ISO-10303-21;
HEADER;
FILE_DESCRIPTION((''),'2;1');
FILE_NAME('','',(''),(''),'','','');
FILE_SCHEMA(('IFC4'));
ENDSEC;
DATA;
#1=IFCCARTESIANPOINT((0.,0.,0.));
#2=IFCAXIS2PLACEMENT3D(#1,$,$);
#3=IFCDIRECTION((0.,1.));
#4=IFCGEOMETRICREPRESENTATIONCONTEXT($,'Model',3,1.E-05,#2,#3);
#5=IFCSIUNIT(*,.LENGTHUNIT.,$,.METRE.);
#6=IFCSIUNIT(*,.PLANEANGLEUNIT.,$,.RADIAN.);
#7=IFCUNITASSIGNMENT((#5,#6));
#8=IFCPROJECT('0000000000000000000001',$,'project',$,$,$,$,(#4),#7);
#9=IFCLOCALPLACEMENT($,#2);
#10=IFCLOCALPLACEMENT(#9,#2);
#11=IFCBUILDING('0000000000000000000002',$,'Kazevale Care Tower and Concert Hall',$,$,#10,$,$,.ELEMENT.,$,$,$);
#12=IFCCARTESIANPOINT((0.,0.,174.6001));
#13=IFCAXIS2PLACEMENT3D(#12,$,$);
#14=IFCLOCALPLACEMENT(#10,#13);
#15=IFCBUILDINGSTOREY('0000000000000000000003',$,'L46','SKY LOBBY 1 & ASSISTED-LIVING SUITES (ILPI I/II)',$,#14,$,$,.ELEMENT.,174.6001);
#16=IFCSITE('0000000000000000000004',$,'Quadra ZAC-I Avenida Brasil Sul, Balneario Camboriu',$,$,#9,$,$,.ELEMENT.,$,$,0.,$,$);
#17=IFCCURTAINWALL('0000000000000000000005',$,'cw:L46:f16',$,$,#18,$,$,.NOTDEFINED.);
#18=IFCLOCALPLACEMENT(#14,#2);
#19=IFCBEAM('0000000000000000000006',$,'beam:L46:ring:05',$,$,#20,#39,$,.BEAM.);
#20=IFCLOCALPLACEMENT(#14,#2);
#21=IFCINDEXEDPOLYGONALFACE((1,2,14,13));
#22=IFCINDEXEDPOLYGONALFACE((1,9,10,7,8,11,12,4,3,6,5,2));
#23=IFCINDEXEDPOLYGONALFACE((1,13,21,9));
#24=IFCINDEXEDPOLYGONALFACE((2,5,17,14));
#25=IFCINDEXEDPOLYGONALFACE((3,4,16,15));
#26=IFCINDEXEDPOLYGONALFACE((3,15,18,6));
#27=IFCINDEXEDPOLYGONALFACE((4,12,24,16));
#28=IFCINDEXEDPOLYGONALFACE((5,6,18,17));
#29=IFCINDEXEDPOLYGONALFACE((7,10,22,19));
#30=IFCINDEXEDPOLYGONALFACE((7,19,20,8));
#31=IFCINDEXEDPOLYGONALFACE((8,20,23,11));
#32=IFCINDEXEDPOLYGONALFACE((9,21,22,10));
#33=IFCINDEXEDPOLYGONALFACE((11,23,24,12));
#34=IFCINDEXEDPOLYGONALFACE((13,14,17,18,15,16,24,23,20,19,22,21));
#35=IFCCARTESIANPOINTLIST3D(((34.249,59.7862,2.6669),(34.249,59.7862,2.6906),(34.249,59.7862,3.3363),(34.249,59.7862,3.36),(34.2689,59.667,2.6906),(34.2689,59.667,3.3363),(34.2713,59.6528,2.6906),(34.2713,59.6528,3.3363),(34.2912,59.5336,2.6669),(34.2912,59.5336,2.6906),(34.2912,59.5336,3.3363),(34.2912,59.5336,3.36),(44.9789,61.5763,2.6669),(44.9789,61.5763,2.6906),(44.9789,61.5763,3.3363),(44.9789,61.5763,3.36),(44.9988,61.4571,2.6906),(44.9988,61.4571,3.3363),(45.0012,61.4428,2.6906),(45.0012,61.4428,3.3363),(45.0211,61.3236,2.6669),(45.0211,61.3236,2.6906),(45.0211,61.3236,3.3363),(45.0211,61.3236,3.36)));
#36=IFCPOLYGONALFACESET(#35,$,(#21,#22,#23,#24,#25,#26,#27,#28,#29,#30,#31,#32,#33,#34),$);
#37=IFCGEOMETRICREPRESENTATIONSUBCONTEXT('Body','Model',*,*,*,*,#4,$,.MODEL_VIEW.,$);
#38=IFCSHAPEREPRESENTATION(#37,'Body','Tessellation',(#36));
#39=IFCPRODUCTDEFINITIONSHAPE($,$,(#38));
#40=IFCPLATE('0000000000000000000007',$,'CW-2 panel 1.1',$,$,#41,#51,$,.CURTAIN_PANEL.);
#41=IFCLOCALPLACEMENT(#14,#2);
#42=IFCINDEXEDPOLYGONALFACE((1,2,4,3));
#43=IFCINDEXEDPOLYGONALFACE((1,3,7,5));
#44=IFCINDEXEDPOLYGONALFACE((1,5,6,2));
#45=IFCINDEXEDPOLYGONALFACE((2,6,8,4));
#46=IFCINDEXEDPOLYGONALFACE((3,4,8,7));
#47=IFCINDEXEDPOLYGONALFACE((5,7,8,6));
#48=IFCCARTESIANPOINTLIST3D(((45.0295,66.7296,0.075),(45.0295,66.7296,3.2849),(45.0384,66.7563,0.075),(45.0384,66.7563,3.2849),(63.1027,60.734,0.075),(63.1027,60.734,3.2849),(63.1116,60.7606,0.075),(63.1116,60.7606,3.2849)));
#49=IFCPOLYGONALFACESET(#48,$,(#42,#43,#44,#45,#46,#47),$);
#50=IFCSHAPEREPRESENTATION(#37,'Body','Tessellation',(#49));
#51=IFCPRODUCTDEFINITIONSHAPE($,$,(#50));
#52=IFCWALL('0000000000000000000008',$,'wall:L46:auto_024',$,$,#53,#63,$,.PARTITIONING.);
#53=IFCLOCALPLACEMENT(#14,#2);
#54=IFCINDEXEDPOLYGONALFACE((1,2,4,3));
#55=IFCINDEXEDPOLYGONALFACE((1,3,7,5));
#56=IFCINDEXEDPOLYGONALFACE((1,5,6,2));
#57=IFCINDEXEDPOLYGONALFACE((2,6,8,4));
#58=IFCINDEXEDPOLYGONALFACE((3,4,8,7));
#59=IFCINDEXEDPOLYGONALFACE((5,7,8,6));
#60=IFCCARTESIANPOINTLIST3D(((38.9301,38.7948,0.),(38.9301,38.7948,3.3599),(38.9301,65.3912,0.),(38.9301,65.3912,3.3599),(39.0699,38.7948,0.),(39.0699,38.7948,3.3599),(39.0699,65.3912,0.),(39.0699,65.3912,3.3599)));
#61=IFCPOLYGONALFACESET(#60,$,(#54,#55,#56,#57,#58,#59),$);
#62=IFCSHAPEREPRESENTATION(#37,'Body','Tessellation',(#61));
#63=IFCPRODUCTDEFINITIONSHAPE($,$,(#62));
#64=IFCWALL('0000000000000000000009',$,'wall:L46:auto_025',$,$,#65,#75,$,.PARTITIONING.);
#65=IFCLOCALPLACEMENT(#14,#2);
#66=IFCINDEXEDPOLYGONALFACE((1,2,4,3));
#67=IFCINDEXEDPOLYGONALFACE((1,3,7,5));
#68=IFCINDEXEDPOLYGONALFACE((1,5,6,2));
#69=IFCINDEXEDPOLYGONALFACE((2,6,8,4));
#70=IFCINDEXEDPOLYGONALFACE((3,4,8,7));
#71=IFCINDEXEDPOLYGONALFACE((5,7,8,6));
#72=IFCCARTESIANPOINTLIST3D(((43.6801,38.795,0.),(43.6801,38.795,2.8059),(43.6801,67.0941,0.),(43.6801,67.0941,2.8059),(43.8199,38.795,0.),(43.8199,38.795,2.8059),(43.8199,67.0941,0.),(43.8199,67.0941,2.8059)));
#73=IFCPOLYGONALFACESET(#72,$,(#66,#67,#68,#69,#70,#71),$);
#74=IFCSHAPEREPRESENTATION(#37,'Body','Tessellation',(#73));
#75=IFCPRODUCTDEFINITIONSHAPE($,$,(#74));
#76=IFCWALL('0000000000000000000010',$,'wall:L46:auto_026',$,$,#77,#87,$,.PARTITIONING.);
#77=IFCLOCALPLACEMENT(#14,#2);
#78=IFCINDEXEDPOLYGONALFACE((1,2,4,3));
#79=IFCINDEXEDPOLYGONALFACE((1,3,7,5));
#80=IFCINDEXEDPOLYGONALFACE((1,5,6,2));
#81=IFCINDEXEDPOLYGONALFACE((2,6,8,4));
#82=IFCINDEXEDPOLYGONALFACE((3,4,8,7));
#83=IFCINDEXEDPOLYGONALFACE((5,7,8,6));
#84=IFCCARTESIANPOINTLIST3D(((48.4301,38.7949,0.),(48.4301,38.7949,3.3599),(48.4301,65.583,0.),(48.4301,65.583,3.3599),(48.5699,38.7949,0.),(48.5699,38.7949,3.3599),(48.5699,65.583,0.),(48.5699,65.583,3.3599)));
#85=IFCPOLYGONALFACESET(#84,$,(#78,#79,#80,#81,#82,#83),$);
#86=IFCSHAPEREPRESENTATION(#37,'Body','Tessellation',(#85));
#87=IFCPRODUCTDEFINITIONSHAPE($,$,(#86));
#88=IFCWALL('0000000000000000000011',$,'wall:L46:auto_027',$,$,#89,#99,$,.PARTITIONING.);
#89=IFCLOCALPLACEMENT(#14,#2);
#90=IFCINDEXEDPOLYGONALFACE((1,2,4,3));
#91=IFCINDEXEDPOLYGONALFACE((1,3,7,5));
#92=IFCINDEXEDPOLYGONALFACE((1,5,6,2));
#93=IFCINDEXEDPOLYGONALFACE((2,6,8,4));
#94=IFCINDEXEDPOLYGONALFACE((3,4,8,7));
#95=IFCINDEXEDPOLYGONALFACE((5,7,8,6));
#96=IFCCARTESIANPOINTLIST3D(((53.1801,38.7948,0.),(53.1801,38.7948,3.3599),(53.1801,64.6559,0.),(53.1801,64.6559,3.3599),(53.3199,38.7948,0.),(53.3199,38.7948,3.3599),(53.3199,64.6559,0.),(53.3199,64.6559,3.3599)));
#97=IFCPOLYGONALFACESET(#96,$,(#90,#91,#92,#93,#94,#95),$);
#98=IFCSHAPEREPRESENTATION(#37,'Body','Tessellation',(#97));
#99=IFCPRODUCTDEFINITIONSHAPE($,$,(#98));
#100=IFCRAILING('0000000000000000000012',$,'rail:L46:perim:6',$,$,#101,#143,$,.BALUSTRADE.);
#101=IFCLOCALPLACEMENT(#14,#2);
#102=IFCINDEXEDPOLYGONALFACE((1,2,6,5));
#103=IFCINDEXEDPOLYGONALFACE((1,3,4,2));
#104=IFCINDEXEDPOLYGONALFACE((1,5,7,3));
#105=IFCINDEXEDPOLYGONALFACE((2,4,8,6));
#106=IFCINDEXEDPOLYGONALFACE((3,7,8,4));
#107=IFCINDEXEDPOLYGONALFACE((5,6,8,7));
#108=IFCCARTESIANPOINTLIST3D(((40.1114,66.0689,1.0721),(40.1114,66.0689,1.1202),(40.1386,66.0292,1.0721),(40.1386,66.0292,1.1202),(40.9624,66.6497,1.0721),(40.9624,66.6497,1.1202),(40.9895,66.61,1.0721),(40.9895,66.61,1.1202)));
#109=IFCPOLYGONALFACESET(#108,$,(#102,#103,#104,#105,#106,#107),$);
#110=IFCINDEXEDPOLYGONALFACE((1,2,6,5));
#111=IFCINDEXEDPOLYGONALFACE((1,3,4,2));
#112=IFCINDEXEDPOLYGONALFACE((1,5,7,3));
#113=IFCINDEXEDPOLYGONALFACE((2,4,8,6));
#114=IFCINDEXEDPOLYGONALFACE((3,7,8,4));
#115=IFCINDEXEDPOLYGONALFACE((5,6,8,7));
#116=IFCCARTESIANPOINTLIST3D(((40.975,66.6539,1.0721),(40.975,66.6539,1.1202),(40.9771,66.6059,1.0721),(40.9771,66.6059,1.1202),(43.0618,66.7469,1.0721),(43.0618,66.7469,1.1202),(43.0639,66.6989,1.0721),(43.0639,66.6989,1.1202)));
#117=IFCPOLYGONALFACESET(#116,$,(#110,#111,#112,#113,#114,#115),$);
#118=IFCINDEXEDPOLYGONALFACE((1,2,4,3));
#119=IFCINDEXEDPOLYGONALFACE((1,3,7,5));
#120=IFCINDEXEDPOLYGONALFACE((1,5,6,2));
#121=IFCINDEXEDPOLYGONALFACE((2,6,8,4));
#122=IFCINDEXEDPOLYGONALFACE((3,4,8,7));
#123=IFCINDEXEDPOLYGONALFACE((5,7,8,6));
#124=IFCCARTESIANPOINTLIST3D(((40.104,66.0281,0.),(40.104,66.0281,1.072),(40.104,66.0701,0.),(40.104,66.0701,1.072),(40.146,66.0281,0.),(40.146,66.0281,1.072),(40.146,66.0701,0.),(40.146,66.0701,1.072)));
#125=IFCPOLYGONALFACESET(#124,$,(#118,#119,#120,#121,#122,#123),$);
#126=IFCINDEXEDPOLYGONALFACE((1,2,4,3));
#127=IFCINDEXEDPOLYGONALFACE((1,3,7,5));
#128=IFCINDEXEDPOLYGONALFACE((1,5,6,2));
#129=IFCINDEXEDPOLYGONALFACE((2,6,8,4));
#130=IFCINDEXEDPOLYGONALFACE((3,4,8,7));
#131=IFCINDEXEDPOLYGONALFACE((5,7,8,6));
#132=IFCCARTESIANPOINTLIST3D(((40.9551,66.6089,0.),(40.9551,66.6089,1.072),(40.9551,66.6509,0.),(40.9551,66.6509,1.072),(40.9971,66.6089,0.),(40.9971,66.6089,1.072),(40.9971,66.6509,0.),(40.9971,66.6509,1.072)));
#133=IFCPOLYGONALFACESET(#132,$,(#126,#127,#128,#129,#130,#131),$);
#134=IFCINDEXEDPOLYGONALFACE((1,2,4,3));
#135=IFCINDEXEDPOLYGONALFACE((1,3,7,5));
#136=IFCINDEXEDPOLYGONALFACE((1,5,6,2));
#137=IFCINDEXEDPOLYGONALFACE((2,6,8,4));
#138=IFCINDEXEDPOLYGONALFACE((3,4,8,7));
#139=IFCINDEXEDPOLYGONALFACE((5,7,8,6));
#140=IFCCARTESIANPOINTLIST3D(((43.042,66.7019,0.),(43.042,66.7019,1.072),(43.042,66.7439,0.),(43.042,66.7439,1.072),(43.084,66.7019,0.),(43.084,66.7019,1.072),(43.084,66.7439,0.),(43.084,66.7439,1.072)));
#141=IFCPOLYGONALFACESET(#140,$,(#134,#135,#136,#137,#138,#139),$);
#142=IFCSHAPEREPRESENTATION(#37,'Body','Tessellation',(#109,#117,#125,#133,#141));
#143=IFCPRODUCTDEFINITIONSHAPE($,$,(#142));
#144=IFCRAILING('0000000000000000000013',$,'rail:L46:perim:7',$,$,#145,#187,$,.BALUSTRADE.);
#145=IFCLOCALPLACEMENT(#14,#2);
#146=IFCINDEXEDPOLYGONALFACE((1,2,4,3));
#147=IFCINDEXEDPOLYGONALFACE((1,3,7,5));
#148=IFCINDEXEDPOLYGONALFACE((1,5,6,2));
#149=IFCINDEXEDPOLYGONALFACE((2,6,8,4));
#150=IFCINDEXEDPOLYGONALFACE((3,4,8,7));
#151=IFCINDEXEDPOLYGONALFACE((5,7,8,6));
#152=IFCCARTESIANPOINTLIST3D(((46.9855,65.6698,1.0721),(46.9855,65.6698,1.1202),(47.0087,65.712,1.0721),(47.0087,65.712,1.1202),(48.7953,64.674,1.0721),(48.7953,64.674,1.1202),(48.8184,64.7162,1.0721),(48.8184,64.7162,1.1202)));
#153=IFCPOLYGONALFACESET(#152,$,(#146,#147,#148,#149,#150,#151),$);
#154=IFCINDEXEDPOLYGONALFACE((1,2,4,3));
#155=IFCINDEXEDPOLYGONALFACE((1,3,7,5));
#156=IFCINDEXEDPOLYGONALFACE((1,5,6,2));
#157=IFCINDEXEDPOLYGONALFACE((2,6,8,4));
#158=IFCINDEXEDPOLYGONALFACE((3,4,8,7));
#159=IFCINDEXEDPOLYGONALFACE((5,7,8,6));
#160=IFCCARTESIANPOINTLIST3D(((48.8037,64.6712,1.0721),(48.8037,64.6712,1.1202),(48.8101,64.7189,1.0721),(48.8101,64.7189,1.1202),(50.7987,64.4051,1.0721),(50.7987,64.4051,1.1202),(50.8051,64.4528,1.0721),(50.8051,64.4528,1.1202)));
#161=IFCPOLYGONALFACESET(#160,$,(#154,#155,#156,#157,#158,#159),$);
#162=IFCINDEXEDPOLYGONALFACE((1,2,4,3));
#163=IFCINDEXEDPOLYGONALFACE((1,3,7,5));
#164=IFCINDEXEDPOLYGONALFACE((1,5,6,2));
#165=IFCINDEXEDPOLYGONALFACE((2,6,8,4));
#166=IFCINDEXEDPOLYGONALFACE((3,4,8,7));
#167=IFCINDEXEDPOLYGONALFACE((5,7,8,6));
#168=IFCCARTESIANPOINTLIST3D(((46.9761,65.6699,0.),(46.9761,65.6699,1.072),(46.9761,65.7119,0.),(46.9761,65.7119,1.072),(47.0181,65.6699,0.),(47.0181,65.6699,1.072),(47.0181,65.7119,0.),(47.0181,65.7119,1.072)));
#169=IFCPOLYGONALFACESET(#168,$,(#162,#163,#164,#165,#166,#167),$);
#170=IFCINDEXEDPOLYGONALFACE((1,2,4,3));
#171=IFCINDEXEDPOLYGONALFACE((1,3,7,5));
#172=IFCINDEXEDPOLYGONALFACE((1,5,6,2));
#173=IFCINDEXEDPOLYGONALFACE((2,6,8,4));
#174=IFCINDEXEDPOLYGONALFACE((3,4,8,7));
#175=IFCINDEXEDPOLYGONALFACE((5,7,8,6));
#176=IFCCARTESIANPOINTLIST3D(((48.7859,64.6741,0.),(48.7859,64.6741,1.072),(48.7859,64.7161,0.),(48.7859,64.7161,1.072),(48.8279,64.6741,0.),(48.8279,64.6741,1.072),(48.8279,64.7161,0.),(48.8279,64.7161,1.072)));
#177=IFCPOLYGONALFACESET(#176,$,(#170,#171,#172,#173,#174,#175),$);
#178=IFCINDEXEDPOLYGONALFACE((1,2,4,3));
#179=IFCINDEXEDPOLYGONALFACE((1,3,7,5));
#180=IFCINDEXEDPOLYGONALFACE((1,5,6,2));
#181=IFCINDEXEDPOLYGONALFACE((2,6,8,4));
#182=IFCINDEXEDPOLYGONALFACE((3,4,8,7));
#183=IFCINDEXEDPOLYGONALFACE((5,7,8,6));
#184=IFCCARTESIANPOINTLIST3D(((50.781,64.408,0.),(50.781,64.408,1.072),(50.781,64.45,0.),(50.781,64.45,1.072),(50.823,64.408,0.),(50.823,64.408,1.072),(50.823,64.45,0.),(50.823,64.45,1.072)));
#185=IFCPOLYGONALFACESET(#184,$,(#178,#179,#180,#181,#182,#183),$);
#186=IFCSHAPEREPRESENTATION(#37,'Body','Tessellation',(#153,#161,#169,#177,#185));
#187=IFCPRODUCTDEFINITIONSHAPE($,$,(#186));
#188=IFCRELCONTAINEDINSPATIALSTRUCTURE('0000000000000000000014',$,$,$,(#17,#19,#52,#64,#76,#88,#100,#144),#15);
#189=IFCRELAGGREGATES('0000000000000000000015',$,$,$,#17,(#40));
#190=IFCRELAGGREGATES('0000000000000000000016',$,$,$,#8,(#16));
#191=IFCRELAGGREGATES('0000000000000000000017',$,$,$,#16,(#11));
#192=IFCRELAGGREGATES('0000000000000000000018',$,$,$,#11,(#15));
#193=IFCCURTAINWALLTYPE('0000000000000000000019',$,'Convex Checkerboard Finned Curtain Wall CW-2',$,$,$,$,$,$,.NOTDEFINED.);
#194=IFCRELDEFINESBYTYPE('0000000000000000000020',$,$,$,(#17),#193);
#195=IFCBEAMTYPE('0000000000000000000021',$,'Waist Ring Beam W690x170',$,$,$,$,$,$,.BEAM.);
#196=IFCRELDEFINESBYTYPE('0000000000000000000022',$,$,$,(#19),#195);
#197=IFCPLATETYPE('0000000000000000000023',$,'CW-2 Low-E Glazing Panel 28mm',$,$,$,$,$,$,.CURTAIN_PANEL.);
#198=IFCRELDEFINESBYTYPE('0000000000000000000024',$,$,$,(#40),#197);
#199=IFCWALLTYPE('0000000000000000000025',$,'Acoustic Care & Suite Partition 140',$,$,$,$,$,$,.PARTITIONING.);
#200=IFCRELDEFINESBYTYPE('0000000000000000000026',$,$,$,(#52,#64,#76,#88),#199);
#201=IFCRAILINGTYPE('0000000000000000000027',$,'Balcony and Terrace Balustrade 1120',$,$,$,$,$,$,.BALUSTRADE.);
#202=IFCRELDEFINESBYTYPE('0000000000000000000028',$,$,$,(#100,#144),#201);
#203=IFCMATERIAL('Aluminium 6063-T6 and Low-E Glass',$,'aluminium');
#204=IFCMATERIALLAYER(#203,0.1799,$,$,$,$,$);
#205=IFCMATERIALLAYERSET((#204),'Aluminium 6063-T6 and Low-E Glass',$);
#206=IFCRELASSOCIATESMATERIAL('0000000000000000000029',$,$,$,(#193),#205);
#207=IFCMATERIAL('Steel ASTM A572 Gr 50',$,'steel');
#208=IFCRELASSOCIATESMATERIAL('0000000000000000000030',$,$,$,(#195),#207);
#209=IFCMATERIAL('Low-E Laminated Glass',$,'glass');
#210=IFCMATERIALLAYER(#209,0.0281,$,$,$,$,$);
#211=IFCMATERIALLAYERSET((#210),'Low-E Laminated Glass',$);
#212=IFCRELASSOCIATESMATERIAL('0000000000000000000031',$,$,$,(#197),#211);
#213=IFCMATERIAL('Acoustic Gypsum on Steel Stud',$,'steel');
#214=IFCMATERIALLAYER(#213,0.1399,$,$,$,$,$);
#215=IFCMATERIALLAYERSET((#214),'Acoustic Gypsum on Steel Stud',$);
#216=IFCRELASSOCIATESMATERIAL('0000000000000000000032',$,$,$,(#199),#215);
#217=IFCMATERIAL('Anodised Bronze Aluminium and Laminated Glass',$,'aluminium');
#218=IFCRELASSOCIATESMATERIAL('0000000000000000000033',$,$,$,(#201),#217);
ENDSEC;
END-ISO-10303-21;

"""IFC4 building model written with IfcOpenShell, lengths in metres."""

from ifc_helpers import new_model, si_unit, direction, frame, frame_2d, origin, origin_2d, place, context, subcontext, project, spatial, rectangle, i_section, extrude, material, layer, layer_set, material_profile, profile_set, type_object, element, aggregate, save


model = new_model("IFC4")

# Units and contexts
model_context = context("Model", 3, precision=1e-05, world=origin(), true_north=direction((0.0, 1.0)))
body_context = subcontext(model_context, "Body", "Model", "MODEL_VIEW")
ifc_project = project(units=[si_unit("LENGTHUNIT", "METRE"), si_unit("PLANEANGLEUNIT", "RADIAN")], contexts=[model_context])

# Site, building, storey
site_placement = place(None, origin())
site = spatial("IfcSite", under=ifc_project, at=site_placement, Name="Quadra ZAC-I Avenida Brasil Sul, Balneario Camboriu", CompositionType="ELEMENT", RefElevation=0.0)
building_placement = place(site_placement, origin())
building = spatial("IfcBuilding", under=site, at=building_placement, Name="Kazevale Care Tower and Concert Hall", CompositionType="ELEMENT")
storey_placement = place(building_placement, frame((0.0, 0.0, 174.6001)))
storey = spatial("IfcBuildingStorey", under=building, at=storey_placement, Name="L46", Description="SKY LOBBY 1 & ASSISTED-LIVING SUITES (ILPI I/II)", CompositionType="ELEMENT", Elevation=174.6001)

# Curtain wall
ifc_material_1 = material(Name="Aluminium 6063-T6 and Low-E Glass", Category="aluminium")
ifc_layer_1 = layer(ifc_material_1, 0.1799)
ifc_layer_set_1 = layer_set([ifc_layer_1], Name="Aluminium 6063-T6 and Low-E Glass")
curtain_wall_type_1 = type_object("IfcCurtainWallType", Name="Convex Checkerboard Finned Curtain Wall CW-2", PredefinedType="NOTDEFINED", material=ifc_layer_set_1)
curtain_wall_1_placement = place(storey_placement, origin())
curtain_wall_1 = element("IfcCurtainWall", 1, at=curtain_wall_1_placement, inside=storey, type_object=curtain_wall_type_1, Name="cw:L46:f16", PredefinedType="NOTDEFINED")

# Beam
ifc_material_2 = material(Name="Steel ASTM A572 Gr 50", Category="steel")
ifc_material_profile_1 = material_profile(ifc_material_2, i_section(OverallWidth=0.2561, OverallDepth=0.6931, WebThickness=0.0144, FlangeThickness=0.0237, at=origin_2d()), Name="W690x170")
ifc_profile_set_1 = profile_set([ifc_material_profile_1], Name="Steel ASTM A572 Gr 50")
beam_type_1 = type_object("IfcBeamType", Name="Waist Ring Beam W690x170", PredefinedType="BEAM", material=ifc_profile_set_1)
beam_1_placement = place(storey_placement, frame((45.0, 61.45, 3.0134), z_axis=(-0.986368, -0.164552, 0.0), x_axis=(0.164552, -0.986368, 0.0)))
element("IfcBeam", 2, at=beam_1_placement, inside=storey, type_object=beam_type_1, Name="beam:L46:ring:05", PredefinedType="BEAM", context=body_context, shape_type="SweptSolid", body=[
    extrude(i_section(OverallWidth=0.2561, OverallDepth=0.6931, WebThickness=0.0144, FlangeThickness=0.0237, at=origin_2d()), origin(), (0.0, 0.0, 1.0), 10.8782),
])

# Plate
ifc_material_3 = material(Name="Low-E Laminated Glass", Category="glass")
ifc_layer_2 = layer(ifc_material_3, 0.0281)
ifc_layer_set_2 = layer_set([ifc_layer_2], Name="Low-E Laminated Glass")
plate_type = type_object("IfcPlateType", Name="CW-2 Low-E Glazing Panel 28mm", PredefinedType="CURTAIN_PANEL", material=ifc_layer_set_2)
plate_placement = place(storey_placement, frame((54.0706, 63.7451, 0.075), z_axis=(0.0, 0.0, 1.0), x_axis=(0.949135, -0.314868, 0.0)))
plate = element("IfcPlate", 3, at=plate_placement, type_object=plate_type, Name="CW-2 panel 1.1", PredefinedType="CURTAIN_PANEL", context=body_context, shape_type="SweptSolid", body=[
    extrude(rectangle(XDim=19.0417, YDim=0.0281, at=origin_2d()), origin(), (0.0, 0.0, 1.0), 3.21),
])
aggregate(curtain_wall_1, [plate])

# Walls
ifc_material_4 = material(Name="Acoustic Gypsum on Steel Stud", Category="steel")
ifc_layer_3 = layer(ifc_material_4, 0.1399)
ifc_layer_set_3 = layer_set([ifc_layer_3], Name="Acoustic Gypsum on Steel Stud")
wall_type = type_object("IfcWallType", Name="Acoustic Care & Suite Partition 140", PredefinedType="PARTITIONING", material=ifc_layer_set_3)
wall_1_placement = place(storey_placement, frame((39.0, 65.3914, 0.0), z_axis=(0.0, 0.0, 1.0), x_axis=(0.0, -1.0, 0.0)))
element("IfcWall", 4, at=wall_1_placement, inside=storey, type_object=wall_type, Name="wall:L46:auto_024", PredefinedType="PARTITIONING", context=body_context, shape_type="SweptSolid", body=[
    extrude(rectangle(XDim=26.5964, YDim=0.1399, at=frame_2d((13.2983, 0.0))), origin(), (0.0, 0.0, 1.0), 3.3599),
])
wall_2_placement = place(storey_placement, frame((43.75, 67.094, 0.0), z_axis=(0.0, 0.0, 1.0), x_axis=(0.0, -1.0, 0.0)))
element("IfcWall", 5, at=wall_2_placement, inside=storey, type_object=wall_type, Name="wall:L46:auto_025", PredefinedType="PARTITIONING", context=body_context, shape_type="SweptSolid", body=[
    extrude(rectangle(XDim=28.2991, YDim=0.1399, at=frame_2d((14.1494, 0.0))), origin(), (0.0, 0.0, 1.0), 2.8059),
])
wall_3_placement = place(storey_placement, frame((48.5, 65.583, 0.0), z_axis=(0.0, 0.0, 1.0), x_axis=(0.0, -1.0, 0.0)))
element("IfcWall", 6, at=wall_3_placement, inside=storey, type_object=wall_type, Name="wall:L46:auto_026", PredefinedType="PARTITIONING", context=body_context, shape_type="SweptSolid", body=[
    extrude(rectangle(XDim=26.7881, YDim=0.1399, at=frame_2d((13.394, 0.0))), origin(), (0.0, 0.0, 1.0), 3.3599),
])
wall_4_placement = place(storey_placement, frame((53.25, 64.656, 0.0), z_axis=(0.0, 0.0, 1.0), x_axis=(0.0, -1.0, 0.0)))
element("IfcWall", 7, at=wall_4_placement, inside=storey, type_object=wall_type, Name="wall:L46:auto_027", PredefinedType="PARTITIONING", context=body_context, shape_type="SweptSolid", body=[
    extrude(rectangle(XDim=25.8611, YDim=0.1399, at=frame_2d((12.9307, 0.0))), origin(), (0.0, 0.0, 1.0), 3.3599),
])

# Railings
ifc_material_5 = material(Name="Anodised Bronze Aluminium and Laminated Glass", Category="aluminium")
railing_type = type_object("IfcRailingType", Name="Balcony and Terrace Balustrade 1120", PredefinedType="BALUSTRADE", material=ifc_material_5)
railing_1_placement = place(storey_placement, frame((40.125, 66.0491, 0.0)))
element("IfcRailing", 8, at=railing_1_placement, inside=storey, type_object=railing_type, Name="rail:L46:perim:6", PredefinedType="BALUSTRADE", context=body_context, shape_type="SweptSolid", body=[
    extrude(rectangle(XDim=0.0481, YDim=0.0481, at=origin_2d()), frame((0.0, 0.0, 1.0962), z_axis=(0.825987, 0.56369, 0.0), x_axis=(-0.56369, 0.825987, 0.0)), (0.0, 0.0, 1.0), 1.0303),
    extrude(rectangle(XDim=0.0481, YDim=0.0481, at=origin_2d()), frame((0.8511, 0.5808, 1.0962), z_axis=(0.999008, 0.044528, 0.0), x_axis=(-0.044528, 0.999008, 0.0)), (0.0, 0.0, 1.0), 2.0889),
    extrude(rectangle(XDim=0.042, YDim=0.042, at=origin_2d()), origin(), (0.0, 0.0, 1.0), 1.072),
    extrude(rectangle(XDim=0.042, YDim=0.042, at=origin_2d()), frame((0.8511, 0.5808, 0.0)), (0.0, 0.0, 1.0), 1.072),
    extrude(rectangle(XDim=0.042, YDim=0.042, at=origin_2d()), frame((2.938, 0.6738, 0.0)), (0.0, 0.0, 1.0), 1.072),
])
railing_2_placement = place(storey_placement, frame((46.9971, 65.6909, 0.0)))
element("IfcRailing", 9, at=railing_2_placement, inside=storey, type_object=railing_type, Name="rail:L46:perim:7", PredefinedType="BALUSTRADE", context=body_context, shape_type="SweptSolid", body=[
    extrude(rectangle(XDim=0.0481, YDim=0.0481, at=origin_2d()), frame((0.0, 0.0, 1.0962), z_axis=(0.876124, -0.482087, 0.0), x_axis=(0.482087, 0.876124, 0.0)), (0.0, 0.0, 1.0), 2.0657),
    extrude(rectangle(XDim=0.0481, YDim=0.0481, at=origin_2d()), frame((1.8098, -0.9958, 1.0962), z_axis=(0.991222, -0.132211, 0.0), x_axis=(0.132211, 0.991222, 0.0)), (0.0, 0.0, 1.0), 2.0127),
    extrude(rectangle(XDim=0.042, YDim=0.042, at=origin_2d()), origin(), (0.0, 0.0, 1.0), 1.072),
    extrude(rectangle(XDim=0.042, YDim=0.042, at=origin_2d()), frame((1.8098, -0.9958, 0.0)), (0.0, 0.0, 1.0), 1.072),
    extrude(rectangle(XDim=0.042, YDim=0.042, at=origin_2d()), frame((3.8049, -1.262, 0.0)), (0.0, 0.0, 1.0), 1.072),
])

save(model, "model.ifc")
